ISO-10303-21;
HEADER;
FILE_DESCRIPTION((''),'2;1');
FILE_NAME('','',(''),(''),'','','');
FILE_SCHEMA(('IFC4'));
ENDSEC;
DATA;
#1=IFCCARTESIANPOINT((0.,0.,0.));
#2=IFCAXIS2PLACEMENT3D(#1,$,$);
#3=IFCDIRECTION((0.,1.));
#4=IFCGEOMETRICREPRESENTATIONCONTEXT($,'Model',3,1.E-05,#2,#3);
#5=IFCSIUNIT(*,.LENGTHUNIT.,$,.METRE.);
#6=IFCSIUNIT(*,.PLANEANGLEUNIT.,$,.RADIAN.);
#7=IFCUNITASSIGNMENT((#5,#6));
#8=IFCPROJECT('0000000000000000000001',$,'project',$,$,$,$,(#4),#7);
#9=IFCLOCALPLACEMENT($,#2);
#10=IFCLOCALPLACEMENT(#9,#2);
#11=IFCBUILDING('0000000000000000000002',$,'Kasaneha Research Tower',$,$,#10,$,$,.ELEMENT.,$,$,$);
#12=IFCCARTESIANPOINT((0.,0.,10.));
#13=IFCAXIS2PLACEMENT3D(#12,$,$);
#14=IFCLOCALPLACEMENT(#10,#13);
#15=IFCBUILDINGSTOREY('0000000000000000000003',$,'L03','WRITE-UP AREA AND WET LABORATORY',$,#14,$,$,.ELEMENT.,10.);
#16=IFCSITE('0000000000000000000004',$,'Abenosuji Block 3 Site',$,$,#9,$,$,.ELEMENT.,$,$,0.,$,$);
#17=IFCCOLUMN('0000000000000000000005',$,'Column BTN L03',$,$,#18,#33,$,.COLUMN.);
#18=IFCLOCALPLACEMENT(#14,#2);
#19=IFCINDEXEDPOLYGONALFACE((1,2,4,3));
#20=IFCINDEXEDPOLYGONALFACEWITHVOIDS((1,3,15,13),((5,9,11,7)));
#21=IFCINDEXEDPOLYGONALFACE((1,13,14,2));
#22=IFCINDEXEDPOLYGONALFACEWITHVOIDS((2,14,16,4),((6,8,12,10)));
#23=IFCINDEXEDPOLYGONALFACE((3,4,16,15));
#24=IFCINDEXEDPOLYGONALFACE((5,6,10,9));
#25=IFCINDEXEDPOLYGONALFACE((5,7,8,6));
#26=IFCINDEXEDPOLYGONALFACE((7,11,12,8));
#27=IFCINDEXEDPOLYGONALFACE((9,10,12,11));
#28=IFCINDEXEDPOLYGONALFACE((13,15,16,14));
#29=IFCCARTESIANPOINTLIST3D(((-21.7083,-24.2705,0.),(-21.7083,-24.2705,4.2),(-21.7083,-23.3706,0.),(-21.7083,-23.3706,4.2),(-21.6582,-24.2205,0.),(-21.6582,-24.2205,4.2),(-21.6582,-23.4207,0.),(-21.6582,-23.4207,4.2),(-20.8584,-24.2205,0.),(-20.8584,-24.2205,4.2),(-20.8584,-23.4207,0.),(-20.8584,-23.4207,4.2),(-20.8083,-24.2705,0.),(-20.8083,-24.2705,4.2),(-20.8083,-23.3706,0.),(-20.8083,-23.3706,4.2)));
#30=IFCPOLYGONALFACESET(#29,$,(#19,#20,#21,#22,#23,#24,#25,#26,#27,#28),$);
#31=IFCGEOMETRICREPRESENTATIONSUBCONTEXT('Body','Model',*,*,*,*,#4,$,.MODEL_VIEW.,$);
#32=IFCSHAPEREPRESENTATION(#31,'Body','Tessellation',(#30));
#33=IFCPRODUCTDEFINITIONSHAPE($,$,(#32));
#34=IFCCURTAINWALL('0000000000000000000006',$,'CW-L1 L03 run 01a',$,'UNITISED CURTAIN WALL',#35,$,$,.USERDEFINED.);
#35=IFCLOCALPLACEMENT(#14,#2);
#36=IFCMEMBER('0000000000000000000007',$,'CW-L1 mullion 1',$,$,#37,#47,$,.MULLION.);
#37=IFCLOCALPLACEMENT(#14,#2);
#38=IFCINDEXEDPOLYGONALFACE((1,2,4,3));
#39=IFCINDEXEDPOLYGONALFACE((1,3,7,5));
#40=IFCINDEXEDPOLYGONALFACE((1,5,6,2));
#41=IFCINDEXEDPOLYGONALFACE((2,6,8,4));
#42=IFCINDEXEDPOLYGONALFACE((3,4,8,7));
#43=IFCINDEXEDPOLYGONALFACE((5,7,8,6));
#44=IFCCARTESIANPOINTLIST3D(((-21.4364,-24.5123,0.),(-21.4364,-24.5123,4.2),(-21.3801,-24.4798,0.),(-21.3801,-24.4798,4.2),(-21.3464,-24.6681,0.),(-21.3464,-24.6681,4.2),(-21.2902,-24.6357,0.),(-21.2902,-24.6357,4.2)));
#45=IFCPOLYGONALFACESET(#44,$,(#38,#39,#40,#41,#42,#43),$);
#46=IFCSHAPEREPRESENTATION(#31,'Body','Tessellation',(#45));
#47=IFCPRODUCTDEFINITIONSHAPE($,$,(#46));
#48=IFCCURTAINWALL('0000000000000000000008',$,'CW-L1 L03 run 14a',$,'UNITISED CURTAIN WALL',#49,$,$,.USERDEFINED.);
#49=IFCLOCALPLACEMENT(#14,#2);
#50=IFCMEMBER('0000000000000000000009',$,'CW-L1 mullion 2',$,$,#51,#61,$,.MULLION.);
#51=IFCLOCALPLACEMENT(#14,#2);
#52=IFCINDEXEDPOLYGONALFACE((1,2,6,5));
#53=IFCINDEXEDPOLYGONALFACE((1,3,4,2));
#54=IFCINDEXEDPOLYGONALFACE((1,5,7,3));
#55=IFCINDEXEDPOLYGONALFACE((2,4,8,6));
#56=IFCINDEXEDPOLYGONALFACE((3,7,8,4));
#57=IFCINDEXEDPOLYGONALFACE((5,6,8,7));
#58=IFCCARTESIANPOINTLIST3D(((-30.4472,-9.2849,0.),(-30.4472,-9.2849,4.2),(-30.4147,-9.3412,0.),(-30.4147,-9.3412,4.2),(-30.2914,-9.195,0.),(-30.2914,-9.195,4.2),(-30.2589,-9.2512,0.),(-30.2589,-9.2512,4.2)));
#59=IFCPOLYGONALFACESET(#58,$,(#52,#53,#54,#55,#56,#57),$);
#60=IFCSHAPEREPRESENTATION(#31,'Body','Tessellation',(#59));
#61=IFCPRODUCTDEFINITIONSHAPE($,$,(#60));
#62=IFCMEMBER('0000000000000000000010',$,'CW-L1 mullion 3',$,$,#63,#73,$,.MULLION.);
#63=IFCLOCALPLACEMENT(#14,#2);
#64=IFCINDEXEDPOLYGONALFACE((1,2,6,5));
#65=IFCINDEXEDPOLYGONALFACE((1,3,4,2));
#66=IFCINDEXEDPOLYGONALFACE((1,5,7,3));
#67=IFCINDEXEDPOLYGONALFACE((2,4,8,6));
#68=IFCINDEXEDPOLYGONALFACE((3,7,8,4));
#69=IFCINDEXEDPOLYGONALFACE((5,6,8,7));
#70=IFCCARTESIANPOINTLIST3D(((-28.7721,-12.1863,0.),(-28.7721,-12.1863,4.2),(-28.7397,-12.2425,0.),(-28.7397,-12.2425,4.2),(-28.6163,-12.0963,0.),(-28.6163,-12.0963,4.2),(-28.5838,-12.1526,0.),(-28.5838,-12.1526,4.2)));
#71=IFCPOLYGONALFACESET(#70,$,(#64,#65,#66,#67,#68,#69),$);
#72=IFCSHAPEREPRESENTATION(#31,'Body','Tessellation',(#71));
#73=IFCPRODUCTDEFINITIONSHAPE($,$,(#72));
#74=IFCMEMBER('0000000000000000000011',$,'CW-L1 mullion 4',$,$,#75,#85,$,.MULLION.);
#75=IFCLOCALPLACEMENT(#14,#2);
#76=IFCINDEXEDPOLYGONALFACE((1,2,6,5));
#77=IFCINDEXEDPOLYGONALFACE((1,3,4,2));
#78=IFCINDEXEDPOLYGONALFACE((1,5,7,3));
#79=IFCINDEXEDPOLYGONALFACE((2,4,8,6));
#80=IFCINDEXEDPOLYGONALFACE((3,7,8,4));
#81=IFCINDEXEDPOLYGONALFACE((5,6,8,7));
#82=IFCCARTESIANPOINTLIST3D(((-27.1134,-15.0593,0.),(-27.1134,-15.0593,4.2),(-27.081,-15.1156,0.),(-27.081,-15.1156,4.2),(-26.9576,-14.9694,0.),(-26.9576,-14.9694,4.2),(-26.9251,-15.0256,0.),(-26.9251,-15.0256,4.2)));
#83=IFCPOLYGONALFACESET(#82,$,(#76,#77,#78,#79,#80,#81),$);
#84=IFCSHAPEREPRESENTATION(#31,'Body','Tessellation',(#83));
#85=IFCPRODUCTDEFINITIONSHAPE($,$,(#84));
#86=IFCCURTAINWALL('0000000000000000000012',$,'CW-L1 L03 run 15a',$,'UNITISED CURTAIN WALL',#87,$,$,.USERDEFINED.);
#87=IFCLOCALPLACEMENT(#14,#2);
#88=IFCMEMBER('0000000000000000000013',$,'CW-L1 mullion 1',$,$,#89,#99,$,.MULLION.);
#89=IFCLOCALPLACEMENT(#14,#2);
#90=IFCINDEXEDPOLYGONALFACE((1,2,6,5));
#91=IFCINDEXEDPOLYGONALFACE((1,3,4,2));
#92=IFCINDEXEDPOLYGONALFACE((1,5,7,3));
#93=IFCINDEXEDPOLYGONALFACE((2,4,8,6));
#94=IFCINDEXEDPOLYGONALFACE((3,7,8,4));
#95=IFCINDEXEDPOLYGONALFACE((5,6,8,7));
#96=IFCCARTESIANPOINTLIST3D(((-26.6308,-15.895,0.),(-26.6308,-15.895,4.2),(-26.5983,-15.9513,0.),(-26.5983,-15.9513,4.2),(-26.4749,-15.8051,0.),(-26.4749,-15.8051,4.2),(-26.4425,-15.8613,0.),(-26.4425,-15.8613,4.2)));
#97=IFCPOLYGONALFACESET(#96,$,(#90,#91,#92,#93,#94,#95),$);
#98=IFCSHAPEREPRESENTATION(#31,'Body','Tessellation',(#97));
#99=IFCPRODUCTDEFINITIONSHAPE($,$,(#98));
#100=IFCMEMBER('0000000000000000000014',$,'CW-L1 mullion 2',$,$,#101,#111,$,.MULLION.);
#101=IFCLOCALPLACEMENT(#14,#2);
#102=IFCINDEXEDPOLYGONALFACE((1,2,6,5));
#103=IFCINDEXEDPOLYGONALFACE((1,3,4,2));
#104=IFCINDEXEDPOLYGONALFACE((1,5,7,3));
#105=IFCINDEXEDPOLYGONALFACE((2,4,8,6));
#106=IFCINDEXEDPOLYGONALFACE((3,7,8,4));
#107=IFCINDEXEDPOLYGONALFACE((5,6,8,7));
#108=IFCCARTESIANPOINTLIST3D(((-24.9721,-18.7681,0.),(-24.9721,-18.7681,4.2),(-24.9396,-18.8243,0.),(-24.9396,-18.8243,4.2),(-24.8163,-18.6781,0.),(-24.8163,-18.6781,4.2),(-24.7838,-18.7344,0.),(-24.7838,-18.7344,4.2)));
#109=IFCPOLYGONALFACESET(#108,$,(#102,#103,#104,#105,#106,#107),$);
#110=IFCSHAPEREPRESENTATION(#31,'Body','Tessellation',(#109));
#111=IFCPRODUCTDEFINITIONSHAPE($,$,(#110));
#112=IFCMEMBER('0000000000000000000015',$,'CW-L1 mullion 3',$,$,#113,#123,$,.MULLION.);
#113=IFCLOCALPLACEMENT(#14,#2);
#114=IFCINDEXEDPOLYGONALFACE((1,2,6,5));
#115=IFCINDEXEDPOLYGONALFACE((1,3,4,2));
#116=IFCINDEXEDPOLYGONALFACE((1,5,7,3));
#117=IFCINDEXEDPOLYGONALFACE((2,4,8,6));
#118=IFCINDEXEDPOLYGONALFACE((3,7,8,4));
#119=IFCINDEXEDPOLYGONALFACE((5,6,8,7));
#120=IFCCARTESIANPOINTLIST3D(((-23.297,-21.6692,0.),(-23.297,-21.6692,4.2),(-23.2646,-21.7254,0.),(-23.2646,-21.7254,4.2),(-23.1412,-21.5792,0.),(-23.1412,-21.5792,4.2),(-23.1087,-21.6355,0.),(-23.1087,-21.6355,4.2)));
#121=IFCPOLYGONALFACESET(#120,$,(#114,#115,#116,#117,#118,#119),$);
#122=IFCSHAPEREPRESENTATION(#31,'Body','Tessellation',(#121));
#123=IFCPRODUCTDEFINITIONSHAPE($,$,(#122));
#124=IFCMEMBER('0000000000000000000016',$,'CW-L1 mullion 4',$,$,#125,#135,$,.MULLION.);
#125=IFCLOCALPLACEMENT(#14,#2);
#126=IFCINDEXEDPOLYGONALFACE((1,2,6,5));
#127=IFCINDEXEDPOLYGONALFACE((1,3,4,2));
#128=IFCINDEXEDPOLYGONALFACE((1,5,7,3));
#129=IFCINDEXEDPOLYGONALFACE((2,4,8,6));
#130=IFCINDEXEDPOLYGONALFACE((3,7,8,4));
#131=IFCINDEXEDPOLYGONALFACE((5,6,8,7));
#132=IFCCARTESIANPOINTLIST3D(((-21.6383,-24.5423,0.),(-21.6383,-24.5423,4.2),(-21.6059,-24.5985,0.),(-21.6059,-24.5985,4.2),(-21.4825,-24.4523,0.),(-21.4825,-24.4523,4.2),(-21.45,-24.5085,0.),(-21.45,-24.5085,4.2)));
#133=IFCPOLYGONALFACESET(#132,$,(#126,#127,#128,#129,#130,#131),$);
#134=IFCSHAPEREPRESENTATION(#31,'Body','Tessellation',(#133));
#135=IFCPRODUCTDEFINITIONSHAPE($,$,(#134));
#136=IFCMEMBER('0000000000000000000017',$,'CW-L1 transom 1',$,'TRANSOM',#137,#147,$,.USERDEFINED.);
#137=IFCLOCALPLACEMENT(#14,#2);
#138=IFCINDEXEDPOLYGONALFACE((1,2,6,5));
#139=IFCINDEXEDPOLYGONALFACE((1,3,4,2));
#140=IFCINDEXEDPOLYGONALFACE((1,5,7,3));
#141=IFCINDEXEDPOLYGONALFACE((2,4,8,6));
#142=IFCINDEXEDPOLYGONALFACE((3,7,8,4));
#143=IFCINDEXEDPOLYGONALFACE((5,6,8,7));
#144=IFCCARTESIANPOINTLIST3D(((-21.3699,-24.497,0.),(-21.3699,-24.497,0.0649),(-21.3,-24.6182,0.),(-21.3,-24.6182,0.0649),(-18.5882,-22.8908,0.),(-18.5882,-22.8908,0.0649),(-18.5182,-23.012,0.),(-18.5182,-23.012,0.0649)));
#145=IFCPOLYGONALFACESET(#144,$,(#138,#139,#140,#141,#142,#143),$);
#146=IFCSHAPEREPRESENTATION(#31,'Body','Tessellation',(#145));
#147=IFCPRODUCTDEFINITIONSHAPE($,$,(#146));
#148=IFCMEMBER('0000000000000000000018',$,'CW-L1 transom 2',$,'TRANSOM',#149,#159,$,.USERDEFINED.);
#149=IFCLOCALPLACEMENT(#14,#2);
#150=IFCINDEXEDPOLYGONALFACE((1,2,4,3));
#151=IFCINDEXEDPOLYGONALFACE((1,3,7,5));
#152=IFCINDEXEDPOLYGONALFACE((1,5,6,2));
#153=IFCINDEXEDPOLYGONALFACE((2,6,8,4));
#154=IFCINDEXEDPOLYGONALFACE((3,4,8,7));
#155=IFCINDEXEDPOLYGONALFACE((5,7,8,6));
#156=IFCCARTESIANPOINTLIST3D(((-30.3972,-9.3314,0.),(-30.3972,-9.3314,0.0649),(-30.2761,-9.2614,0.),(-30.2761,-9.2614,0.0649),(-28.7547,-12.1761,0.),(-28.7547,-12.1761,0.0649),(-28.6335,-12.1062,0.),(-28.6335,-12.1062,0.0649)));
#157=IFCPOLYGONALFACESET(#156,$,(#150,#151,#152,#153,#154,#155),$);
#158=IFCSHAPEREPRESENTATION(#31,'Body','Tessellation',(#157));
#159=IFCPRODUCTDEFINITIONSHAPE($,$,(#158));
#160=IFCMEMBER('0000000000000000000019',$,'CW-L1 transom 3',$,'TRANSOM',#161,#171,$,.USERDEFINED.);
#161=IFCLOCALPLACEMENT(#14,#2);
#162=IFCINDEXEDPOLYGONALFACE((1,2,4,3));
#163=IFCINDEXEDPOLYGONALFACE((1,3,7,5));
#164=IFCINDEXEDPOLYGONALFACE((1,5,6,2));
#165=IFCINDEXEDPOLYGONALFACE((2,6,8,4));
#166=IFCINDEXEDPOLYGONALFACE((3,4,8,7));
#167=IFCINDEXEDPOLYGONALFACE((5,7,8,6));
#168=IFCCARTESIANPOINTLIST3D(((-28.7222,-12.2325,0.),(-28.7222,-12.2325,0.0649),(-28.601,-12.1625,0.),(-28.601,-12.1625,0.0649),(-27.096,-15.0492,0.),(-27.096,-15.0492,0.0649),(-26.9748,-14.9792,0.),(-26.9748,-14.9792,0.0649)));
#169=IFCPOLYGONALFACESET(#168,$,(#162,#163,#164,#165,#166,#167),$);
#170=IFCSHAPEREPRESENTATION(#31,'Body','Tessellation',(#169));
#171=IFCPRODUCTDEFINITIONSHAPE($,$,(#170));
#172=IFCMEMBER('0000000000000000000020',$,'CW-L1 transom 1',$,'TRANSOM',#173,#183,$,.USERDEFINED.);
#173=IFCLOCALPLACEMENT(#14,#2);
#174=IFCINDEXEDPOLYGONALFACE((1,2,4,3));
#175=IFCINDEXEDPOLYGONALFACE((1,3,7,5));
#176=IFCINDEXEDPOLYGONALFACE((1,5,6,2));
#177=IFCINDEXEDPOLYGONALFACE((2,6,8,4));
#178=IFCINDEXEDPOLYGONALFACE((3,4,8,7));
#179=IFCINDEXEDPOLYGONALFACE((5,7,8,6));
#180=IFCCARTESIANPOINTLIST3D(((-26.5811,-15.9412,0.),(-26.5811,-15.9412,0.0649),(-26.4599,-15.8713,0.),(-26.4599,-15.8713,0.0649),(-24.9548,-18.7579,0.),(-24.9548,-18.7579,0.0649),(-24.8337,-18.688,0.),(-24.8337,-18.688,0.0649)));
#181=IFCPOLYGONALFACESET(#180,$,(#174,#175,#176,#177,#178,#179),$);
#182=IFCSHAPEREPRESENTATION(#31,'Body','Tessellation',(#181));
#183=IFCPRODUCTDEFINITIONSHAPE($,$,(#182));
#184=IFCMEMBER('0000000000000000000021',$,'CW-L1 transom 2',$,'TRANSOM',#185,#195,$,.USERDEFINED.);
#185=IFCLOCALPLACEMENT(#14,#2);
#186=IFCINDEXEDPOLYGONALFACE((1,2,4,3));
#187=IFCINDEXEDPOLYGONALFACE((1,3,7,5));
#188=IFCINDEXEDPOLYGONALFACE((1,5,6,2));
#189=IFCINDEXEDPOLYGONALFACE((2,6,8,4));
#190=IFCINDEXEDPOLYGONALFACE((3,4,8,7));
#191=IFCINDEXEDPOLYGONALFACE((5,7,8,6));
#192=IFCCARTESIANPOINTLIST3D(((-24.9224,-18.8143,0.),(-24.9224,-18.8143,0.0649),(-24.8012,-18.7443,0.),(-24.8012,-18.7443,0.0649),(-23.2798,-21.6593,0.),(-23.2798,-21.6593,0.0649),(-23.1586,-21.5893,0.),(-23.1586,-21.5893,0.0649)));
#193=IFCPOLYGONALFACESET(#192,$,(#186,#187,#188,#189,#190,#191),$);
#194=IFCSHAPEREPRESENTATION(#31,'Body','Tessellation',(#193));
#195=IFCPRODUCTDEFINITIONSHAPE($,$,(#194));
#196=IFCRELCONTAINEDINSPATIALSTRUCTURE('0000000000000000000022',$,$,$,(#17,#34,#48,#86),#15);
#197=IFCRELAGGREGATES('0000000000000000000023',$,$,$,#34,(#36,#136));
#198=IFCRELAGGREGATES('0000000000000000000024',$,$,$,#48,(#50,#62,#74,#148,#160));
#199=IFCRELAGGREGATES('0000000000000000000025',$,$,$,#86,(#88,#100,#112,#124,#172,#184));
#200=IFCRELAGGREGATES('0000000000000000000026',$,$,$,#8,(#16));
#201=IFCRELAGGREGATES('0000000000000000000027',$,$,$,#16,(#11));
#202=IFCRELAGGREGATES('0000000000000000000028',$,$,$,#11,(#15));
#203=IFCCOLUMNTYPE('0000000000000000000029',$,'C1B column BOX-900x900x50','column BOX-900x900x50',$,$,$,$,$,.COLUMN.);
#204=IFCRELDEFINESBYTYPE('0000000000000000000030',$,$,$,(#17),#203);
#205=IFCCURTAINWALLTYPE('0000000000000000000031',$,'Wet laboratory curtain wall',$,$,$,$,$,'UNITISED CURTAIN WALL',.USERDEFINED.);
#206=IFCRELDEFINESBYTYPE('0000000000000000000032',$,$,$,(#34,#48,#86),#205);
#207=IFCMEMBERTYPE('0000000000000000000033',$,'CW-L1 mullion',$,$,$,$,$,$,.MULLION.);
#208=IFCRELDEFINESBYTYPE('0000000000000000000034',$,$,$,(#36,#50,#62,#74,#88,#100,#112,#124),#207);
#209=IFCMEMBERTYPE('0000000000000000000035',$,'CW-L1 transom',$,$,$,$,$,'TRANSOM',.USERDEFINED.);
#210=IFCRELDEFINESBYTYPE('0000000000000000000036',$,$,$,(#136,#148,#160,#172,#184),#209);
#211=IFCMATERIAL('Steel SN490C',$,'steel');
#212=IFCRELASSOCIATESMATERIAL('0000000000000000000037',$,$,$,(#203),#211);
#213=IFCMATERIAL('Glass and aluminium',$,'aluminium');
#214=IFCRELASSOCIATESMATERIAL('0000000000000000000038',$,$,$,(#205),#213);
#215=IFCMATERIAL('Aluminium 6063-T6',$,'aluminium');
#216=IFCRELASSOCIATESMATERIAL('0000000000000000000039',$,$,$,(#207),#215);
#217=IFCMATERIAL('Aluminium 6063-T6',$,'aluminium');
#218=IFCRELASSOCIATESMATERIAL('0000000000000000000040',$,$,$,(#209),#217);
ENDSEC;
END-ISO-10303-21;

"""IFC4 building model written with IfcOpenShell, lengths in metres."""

from ifc_helpers import new_model, si_unit, direction, frame, origin, origin_2d, place, context, subcontext, project, spatial, rectangle, hollow_rectangle, extrude, material, material_profile, profile_set, type_object, element, aggregate, save


model = new_model("IFC4")

# Units and contexts
model_context = context("Model", 3, precision=1e-05, world=origin(), true_north=direction((0.0, 1.0)))
body_context = subcontext(model_context, "Body", "Model", "MODEL_VIEW")
ifc_project = project(units=[si_unit("LENGTHUNIT", "METRE"), si_unit("PLANEANGLEUNIT", "RADIAN")], contexts=[model_context])

# Site, building, storey
site_placement = place(None, origin())
site = spatial("IfcSite", under=ifc_project, at=site_placement, Name="Abenosuji Block 3 Site", CompositionType="ELEMENT", RefElevation=0.0)
building_placement = place(site_placement, origin())
building = spatial("IfcBuilding", under=site, at=building_placement, Name="Kasaneha Research Tower", CompositionType="ELEMENT")
storey_placement = place(building_placement, frame((0.0, 0.0, 10.0)))
storey = spatial("IfcBuildingStorey", under=building, at=storey_placement, Name="L03", Description="WRITE-UP AREA AND WET LABORATORY", CompositionType="ELEMENT", Elevation=10.0)

# Column
ifc_material_1 = material(Name="Steel SN490C", Category="steel")
ifc_material_profile_1 = material_profile(ifc_material_1, hollow_rectangle(XDim=0.8999, YDim=0.8999, WallThickness=0.05, at=origin_2d()), Name="BOX-900x900x50")
ifc_profile_set_1 = profile_set([ifc_material_profile_1], Name="Steel SN490C")
column_type = type_object("IfcColumnType", Name="C1B column BOX-900x900x50", Description="column BOX-900x900x50", PredefinedType="COLUMN", material=ifc_profile_set_1)
column_placement = place(storey_placement, frame((-21.2583, -23.8206, 0.0), z_axis=(0.0, 0.0, 1.0), x_axis=(1.0, 0.0, 0.0)))
element("IfcColumn", 1, at=column_placement, inside=storey, type_object=column_type, Name="Column BTN L03", PredefinedType="COLUMN", context=body_context, shape_type="SweptSolid", body=[
    extrude(hollow_rectangle(XDim=0.8999, YDim=0.8999, WallThickness=0.05, at=origin_2d()), origin(), (0.0, 0.0, 1.0), 4.2),
])

# Curtain wall, member
ifc_material_2 = material(Name="Glass and aluminium", Category="aluminium")
curtain_wall_type = type_object("IfcCurtainWallType", Name="Wet laboratory curtain wall", ElementType="UNITISED CURTAIN WALL", PredefinedType="USERDEFINED", material=ifc_material_2)
curtain_wall_1_placement = place(storey_placement, origin())
curtain_wall_1 = element("IfcCurtainWall", 2, at=curtain_wall_1_placement, inside=storey, type_object=curtain_wall_type, Name="CW-L1 L03 run 01a", ObjectType="UNITISED CURTAIN WALL", PredefinedType="USERDEFINED")
ifc_material_3 = material(Name="Aluminium 6063-T6", Category="aluminium")
ifc_material_profile_2 = material_profile(ifc_material_3, rectangle(XDim=0.0649, YDim=0.1799, at=origin_2d()), Name="CW-L1 mullion 65x180")
ifc_profile_set_2 = profile_set([ifc_material_profile_2], Name="Aluminium 6063-T6")
member_type_1 = type_object("IfcMemberType", Name="CW-L1 mullion", PredefinedType="MULLION", material=ifc_profile_set_2)
member_1_placement = place(storey_placement, frame((-21.3633, -24.574, 0.0), z_axis=(0.0, 0.0, 1.0), x_axis=(0.866025, 0.5, 0.0)))
member_1 = element("IfcMember", 3, at=member_1_placement, type_object=member_type_1, Name="CW-L1 mullion 1", PredefinedType="MULLION", context=body_context, shape_type="SweptSolid", body=[
    extrude(rectangle(XDim=0.0649, YDim=0.1799, at=origin_2d()), origin(), (0.0, 0.0, 1.0), 4.2),
])

# Curtain walls, members
curtain_wall_2_placement = place(storey_placement, origin())
curtain_wall_2 = element("IfcCurtainWall", 4, at=curtain_wall_2_placement, inside=storey, type_object=curtain_wall_type, Name="CW-L1 L03 run 14a", ObjectType="UNITISED CURTAIN WALL", PredefinedType="USERDEFINED")
member_2_placement = place(storey_placement, frame((-30.353, -9.2681, 0.0), z_axis=(0.0, 0.0, 1.0), x_axis=(0.5, -0.866025, 0.0)))
member_2 = element("IfcMember", 5, at=member_2_placement, type_object=member_type_1, Name="CW-L1 mullion 2", PredefinedType="MULLION", context=body_context, shape_type="SweptSolid", body=[
    extrude(rectangle(XDim=0.0649, YDim=0.1799, at=origin_2d()), origin(), (0.0, 0.0, 1.0), 4.2),
])
member_3_placement = place(storey_placement, frame((-28.678, -12.1694, 0.0), z_axis=(0.0, 0.0, 1.0), x_axis=(0.5, -0.866025, 0.0)))
member_3 = element("IfcMember", 6, at=member_3_placement, type_object=member_type_1, Name="CW-L1 mullion 3", PredefinedType="MULLION", context=body_context, shape_type="SweptSolid", body=[
    extrude(rectangle(XDim=0.0649, YDim=0.1799, at=origin_2d()), origin(), (0.0, 0.0, 1.0), 4.2),
])
member_4_placement = place(storey_placement, frame((-27.0193, -15.0425, 0.0), z_axis=(0.0, 0.0, 1.0), x_axis=(0.5, -0.866025, 0.0)))
member_4 = element("IfcMember", 7, at=member_4_placement, type_object=member_type_1, Name="CW-L1 mullion 4", PredefinedType="MULLION", context=body_context, shape_type="SweptSolid", body=[
    extrude(rectangle(XDim=0.0649, YDim=0.1799, at=origin_2d()), origin(), (0.0, 0.0, 1.0), 4.2),
])
curtain_wall_3_placement = place(storey_placement, origin())
curtain_wall_3 = element("IfcCurtainWall", 8, at=curtain_wall_3_placement, inside=storey, type_object=curtain_wall_type, Name="CW-L1 L03 run 15a", ObjectType="UNITISED CURTAIN WALL", PredefinedType="USERDEFINED")
member_5_placement = place(storey_placement, frame((-26.5366, -15.8782, 0.0), z_axis=(0.0, 0.0, 1.0), x_axis=(0.5, -0.866025, 0.0)))
member_5 = element("IfcMember", 9, at=member_5_placement, type_object=member_type_1, Name="CW-L1 mullion 1", PredefinedType="MULLION", context=body_context, shape_type="SweptSolid", body=[
    extrude(rectangle(XDim=0.0649, YDim=0.1799, at=origin_2d()), origin(), (0.0, 0.0, 1.0), 4.2),
])
member_6_placement = place(storey_placement, frame((-24.8779, -18.7512, 0.0), z_axis=(0.0, 0.0, 1.0), x_axis=(0.5, -0.866025, 0.0)))
member_6 = element("IfcMember", 10, at=member_6_placement, type_object=member_type_1, Name="CW-L1 mullion 2", PredefinedType="MULLION", context=body_context, shape_type="SweptSolid", body=[
    extrude(rectangle(XDim=0.0649, YDim=0.1799, at=origin_2d()), origin(), (0.0, 0.0, 1.0), 4.2),
])
member_7_placement = place(storey_placement, frame((-23.2029, -21.6523, 0.0), z_axis=(0.0, 0.0, 1.0), x_axis=(0.5, -0.866025, 0.0)))
member_7 = element("IfcMember", 11, at=member_7_placement, type_object=member_type_1, Name="CW-L1 mullion 3", PredefinedType="MULLION", context=body_context, shape_type="SweptSolid", body=[
    extrude(rectangle(XDim=0.0649, YDim=0.1799, at=origin_2d()), origin(), (0.0, 0.0, 1.0), 4.2),
])
member_8_placement = place(storey_placement, frame((-21.5442, -24.5254, 0.0), z_axis=(0.0, 0.0, 1.0), x_axis=(0.5, -0.866025, 0.0)))
member_8 = element("IfcMember", 12, at=member_8_placement, type_object=member_type_1, Name="CW-L1 mullion 4", PredefinedType="MULLION", context=body_context, shape_type="SweptSolid", body=[
    extrude(rectangle(XDim=0.0649, YDim=0.1799, at=origin_2d()), origin(), (0.0, 0.0, 1.0), 4.2),
])

# Members
ifc_material_4 = material(Name="Aluminium 6063-T6", Category="aluminium")
ifc_material_profile_3 = material_profile(ifc_material_4, rectangle(XDim=0.1399, YDim=0.0649, at=origin_2d()), Name="CW-L1 transom 140x65")
ifc_profile_set_3 = profile_set([ifc_material_profile_3], Name="Aluminium 6063-T6")
member_type_2 = type_object("IfcMemberType", Name="CW-L1 transom", ElementType="TRANSOM", PredefinedType="USERDEFINED", material=ifc_profile_set_3)
member_9_placement = place(storey_placement, frame((-21.335, -24.5576, 0.0325), z_axis=(0.866003, 0.500038, 0.0), x_axis=(-0.500038, 0.866003, 0.0)))
member_9 = element("IfcMember", 13, at=member_9_placement, type_object=member_type_2, Name="CW-L1 transom 1", ObjectType="TRANSOM", PredefinedType="USERDEFINED", context=body_context, shape_type="SweptSolid", body=[
    extrude(rectangle(XDim=0.1399, YDim=0.0649, at=origin_2d()), origin(), (0.0, 0.0, 1.0), 3.2122),
])
member_10_placement = place(storey_placement, frame((-30.3367, -9.2964, 0.0325), z_axis=(0.50004, -0.866002, 0.0), x_axis=(0.866002, 0.50004, 0.0)))
member_10 = element("IfcMember", 14, at=member_10_placement, type_object=member_type_2, Name="CW-L1 transom 2", ObjectType="TRANSOM", PredefinedType="USERDEFINED", context=body_context, shape_type="SweptSolid", body=[
    extrude(rectangle(XDim=0.1399, YDim=0.0649, at=origin_2d()), origin(), (0.0, 0.0, 1.0), 3.2849),
])
member_11_placement = place(storey_placement, frame((-28.6616, -12.1975, 0.0325), z_axis=(0.500006, -0.866022, 0.0), x_axis=(0.866022, 0.500006, 0.0)))
member_11 = element("IfcMember", 15, at=member_11_placement, type_object=member_type_2, Name="CW-L1 transom 3", ObjectType="TRANSOM", PredefinedType="USERDEFINED", context=body_context, shape_type="SweptSolid", body=[
    extrude(rectangle(XDim=0.1399, YDim=0.0649, at=origin_2d()), origin(), (0.0, 0.0, 1.0), 3.2524),
])
member_12_placement = place(storey_placement, frame((-26.5205, -15.9062, 0.0325), z_axis=(0.500006, -0.866022, 0.0), x_axis=(0.866022, 0.500006, 0.0)))
member_12 = element("IfcMember", 16, at=member_12_placement, type_object=member_type_2, Name="CW-L1 transom 1", ObjectType="TRANSOM", PredefinedType="USERDEFINED", context=body_context, shape_type="SweptSolid", body=[
    extrude(rectangle(XDim=0.1399, YDim=0.0649, at=origin_2d()), origin(), (0.0, 0.0, 1.0), 3.2524),
])
member_13_placement = place(storey_placement, frame((-24.8618, -18.7793, 0.0325), z_axis=(0.500008, -0.866021, 0.0), x_axis=(0.866021, 0.500008, 0.0)))
member_13 = element("IfcMember", 17, at=member_13_placement, type_object=member_type_2, Name="CW-L1 transom 2", ObjectType="TRANSOM", PredefinedType="USERDEFINED", context=body_context, shape_type="SweptSolid", body=[
    extrude(rectangle(XDim=0.1399, YDim=0.0649, at=origin_2d()), origin(), (0.0, 0.0, 1.0), 3.2852),
])

aggregate(curtain_wall_1, [member_1, member_9])
aggregate(curtain_wall_2, [member_2, member_3, member_4, member_10, member_11])
aggregate(curtain_wall_3, [member_5, member_6, member_7, member_8, member_12, member_13])

save(model, "model.ifc")
